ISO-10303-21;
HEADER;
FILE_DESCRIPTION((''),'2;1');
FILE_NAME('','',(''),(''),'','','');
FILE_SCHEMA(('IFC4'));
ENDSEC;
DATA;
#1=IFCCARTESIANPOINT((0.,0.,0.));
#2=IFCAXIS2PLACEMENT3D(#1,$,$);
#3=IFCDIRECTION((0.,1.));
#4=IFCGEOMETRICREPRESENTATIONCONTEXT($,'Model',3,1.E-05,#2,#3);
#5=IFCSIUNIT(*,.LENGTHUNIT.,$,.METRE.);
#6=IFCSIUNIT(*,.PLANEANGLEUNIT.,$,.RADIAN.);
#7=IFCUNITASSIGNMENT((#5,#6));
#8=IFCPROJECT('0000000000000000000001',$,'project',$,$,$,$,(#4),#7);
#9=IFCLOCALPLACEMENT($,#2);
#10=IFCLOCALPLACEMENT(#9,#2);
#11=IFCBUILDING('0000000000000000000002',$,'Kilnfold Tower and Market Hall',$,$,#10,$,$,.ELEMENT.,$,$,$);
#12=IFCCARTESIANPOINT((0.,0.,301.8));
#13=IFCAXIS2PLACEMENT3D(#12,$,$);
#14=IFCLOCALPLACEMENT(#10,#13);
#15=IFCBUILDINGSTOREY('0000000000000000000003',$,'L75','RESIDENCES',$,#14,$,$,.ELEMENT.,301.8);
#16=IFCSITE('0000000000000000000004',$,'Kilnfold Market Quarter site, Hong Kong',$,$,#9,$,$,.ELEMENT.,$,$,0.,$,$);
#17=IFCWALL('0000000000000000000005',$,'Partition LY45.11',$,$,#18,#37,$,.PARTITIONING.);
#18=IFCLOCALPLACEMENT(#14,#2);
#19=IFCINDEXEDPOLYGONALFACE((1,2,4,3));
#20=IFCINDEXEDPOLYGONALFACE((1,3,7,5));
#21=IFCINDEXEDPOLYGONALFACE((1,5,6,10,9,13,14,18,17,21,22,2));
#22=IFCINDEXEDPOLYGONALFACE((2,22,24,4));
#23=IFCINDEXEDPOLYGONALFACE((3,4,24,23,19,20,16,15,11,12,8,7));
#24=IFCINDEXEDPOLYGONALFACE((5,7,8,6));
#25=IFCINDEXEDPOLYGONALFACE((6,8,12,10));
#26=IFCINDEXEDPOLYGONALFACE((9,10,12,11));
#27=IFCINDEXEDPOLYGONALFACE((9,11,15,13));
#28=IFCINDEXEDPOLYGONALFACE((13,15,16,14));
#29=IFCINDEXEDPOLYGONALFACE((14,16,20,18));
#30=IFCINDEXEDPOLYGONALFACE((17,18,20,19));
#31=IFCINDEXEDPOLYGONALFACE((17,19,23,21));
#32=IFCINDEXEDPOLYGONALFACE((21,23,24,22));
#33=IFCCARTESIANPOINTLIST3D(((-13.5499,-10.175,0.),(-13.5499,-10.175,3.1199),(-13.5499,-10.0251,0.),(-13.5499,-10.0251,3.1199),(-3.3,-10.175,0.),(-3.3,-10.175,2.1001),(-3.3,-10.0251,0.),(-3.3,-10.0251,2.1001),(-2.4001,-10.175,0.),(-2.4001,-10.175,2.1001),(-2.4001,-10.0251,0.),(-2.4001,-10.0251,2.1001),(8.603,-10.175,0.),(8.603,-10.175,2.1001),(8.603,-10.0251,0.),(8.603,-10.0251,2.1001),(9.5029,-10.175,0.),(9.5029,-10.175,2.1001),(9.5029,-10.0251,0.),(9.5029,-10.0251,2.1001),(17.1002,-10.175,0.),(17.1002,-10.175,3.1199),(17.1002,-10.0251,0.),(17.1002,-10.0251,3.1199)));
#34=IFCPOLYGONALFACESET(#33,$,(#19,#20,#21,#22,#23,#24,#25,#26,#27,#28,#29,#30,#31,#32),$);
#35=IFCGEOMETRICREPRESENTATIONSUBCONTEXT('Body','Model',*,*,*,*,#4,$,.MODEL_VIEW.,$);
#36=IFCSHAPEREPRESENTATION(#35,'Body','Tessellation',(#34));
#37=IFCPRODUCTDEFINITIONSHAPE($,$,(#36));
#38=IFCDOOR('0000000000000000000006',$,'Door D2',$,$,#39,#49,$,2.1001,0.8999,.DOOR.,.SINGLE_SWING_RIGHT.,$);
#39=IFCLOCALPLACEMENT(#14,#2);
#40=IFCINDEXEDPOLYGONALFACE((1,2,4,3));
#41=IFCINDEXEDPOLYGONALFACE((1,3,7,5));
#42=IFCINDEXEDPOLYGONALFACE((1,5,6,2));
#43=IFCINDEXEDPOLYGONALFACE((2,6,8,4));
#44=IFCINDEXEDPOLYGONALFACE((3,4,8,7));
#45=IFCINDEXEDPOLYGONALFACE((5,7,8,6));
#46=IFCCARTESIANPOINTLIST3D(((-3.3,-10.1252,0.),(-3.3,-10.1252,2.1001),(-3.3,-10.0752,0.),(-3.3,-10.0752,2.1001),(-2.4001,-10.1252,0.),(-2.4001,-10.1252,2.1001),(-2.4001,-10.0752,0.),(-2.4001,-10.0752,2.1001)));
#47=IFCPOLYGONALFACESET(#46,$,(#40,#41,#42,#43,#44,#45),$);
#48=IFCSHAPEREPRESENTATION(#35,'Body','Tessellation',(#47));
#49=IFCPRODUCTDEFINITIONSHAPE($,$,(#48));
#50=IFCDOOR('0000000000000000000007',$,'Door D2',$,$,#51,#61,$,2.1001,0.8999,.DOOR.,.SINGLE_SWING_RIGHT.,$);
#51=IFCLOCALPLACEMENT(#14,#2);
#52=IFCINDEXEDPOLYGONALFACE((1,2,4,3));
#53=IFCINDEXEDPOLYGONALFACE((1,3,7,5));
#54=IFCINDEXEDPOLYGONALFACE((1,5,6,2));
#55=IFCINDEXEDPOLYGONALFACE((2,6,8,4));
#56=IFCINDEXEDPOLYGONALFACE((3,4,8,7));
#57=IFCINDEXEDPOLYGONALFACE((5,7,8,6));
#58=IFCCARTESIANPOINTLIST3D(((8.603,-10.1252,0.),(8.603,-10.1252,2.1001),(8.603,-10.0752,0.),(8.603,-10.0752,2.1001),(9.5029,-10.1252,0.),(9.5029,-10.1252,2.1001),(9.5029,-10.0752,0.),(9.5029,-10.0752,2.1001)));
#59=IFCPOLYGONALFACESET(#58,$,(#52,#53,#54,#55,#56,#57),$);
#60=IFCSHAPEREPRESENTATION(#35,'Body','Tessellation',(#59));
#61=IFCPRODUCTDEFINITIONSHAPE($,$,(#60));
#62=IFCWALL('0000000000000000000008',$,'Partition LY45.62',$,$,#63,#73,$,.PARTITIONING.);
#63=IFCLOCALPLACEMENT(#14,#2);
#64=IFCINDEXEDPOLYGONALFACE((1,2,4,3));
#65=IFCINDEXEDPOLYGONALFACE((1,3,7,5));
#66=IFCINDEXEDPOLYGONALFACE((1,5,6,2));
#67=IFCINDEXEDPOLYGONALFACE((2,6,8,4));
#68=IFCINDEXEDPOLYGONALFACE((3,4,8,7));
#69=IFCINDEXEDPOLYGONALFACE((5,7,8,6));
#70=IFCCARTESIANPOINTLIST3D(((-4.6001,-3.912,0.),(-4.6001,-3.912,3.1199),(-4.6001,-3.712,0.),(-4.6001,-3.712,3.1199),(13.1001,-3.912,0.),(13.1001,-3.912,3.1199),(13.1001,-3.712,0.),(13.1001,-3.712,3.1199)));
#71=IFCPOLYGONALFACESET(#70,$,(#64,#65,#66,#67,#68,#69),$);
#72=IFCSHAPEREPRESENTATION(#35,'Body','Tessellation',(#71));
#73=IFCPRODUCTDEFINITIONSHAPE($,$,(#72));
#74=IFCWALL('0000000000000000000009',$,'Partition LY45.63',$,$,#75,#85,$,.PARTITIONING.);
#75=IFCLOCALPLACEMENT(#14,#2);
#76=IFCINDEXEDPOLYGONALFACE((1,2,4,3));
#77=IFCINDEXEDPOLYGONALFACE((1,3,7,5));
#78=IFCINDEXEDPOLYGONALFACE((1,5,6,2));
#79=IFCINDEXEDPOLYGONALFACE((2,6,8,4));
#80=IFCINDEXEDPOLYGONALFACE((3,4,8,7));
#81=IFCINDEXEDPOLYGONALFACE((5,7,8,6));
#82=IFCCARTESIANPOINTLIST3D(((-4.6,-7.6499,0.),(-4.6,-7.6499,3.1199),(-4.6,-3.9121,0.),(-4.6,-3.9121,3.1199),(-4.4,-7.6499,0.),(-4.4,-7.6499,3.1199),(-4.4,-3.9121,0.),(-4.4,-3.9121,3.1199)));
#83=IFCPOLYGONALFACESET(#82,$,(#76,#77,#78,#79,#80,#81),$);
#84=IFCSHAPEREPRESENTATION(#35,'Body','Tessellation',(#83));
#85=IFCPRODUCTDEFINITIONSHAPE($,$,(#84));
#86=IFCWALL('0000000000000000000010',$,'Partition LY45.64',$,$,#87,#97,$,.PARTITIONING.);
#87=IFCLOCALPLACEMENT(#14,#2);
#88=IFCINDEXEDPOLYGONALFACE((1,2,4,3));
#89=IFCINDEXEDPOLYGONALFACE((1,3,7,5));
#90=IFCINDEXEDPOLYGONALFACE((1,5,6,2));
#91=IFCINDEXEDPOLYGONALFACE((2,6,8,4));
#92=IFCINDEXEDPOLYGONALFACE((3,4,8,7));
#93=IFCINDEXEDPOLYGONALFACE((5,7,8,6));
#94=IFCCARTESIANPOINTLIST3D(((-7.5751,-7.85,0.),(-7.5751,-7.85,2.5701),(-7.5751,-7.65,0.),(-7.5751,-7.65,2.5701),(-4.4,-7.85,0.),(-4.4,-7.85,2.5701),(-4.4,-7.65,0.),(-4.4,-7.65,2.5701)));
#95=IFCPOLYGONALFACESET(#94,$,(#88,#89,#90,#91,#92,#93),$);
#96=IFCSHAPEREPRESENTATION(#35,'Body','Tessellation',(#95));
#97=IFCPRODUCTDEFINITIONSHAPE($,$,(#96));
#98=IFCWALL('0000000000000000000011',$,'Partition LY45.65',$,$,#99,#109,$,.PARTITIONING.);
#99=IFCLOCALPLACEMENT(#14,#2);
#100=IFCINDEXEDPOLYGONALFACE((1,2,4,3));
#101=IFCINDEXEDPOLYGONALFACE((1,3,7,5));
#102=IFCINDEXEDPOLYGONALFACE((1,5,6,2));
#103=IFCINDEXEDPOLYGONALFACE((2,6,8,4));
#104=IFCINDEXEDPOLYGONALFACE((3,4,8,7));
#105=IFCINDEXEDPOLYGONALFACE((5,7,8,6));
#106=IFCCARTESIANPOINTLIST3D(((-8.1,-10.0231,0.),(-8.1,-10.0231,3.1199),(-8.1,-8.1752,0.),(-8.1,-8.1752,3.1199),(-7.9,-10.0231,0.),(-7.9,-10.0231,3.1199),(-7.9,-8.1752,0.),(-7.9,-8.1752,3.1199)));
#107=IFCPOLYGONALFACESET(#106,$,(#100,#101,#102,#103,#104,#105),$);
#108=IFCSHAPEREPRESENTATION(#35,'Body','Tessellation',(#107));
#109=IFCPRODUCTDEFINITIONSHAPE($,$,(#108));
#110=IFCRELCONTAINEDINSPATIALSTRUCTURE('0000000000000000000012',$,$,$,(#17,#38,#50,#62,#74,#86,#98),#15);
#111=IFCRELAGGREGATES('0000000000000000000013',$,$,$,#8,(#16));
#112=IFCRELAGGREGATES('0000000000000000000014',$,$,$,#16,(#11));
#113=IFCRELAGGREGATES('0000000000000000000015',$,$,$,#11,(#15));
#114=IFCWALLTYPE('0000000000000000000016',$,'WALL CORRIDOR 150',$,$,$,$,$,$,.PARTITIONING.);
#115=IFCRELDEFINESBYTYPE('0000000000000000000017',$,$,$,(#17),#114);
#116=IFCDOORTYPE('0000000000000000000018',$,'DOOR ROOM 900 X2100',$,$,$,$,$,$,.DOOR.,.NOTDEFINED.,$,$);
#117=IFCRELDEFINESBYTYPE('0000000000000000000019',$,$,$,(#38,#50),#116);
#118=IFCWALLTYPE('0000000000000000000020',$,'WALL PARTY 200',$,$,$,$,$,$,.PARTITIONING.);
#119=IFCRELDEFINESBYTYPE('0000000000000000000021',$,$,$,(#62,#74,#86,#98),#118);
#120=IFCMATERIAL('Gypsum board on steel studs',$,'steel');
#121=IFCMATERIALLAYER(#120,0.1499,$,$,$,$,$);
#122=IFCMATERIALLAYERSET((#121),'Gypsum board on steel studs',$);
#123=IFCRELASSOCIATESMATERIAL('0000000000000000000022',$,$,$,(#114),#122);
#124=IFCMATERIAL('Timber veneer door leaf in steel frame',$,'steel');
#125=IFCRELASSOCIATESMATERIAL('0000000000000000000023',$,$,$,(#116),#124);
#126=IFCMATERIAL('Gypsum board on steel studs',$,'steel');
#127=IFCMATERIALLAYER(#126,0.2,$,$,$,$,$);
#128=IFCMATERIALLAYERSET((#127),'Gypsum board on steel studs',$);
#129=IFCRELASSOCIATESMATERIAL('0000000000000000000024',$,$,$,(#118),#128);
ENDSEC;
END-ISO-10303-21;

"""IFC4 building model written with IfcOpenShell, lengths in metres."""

from ifc_helpers import new_model, si_unit, direction, frame, frame_2d, origin, place, context, subcontext, project, spatial, rectangle, extrude, material, layer, layer_set, type_object, element, fill, save


model = new_model("IFC4")

# Units and contexts
model_context = context("Model", 3, precision=1e-05, world=origin(), true_north=direction((0.0, 1.0)))
body_context = subcontext(model_context, "Body", "Model", "MODEL_VIEW")
ifc_project = project(units=[si_unit("LENGTHUNIT", "METRE"), si_unit("PLANEANGLEUNIT", "RADIAN")], contexts=[model_context])

# Site, building, storey
site_placement = place(None, origin())
site = spatial("IfcSite", under=ifc_project, at=site_placement, Name="Kilnfold Market Quarter site, Hong Kong", CompositionType="ELEMENT", RefElevation=0.0)
building_placement = place(site_placement, origin())
building = spatial("IfcBuilding", under=site, at=building_placement, Name="Kilnfold Tower and Market Hall", CompositionType="ELEMENT")
storey_placement = place(building_placement, frame((0.0, 0.0, 301.8)))
storey = spatial("IfcBuildingStorey", under=building, at=storey_placement, Name="L75", Description="RESIDENCES", CompositionType="ELEMENT", Elevation=301.8)

# Wall, openings, doors
ifc_material_1 = material(Name="Gypsum board on steel studs", Category="steel")
ifc_layer_1 = layer(ifc_material_1, 0.1499)
ifc_layer_set_1 = layer_set([ifc_layer_1], Name="Gypsum board on steel studs")
wall_type_1 = type_object("IfcWallType", Name="WALL CORRIDOR 150", PredefinedType="PARTITIONING", material=ifc_layer_set_1)
wall_1_placement = place(storey_placement, frame((-13.55, -10.1001, 0.0), z_axis=(0.0, 0.0, 1.0), x_axis=(1.0, 0.0, 0.0)))
wall_1 = element("IfcWall", 1, at=wall_1_placement, inside=storey, type_object=wall_type_1, Name="Partition LY45.11", PredefinedType="PARTITIONING", context=body_context, shape_type="SweptSolid", body=[
    extrude(rectangle(XDim=30.6501, YDim=0.1499, at=frame_2d((15.3252, 0.0))), origin(), (0.0, 0.0, 1.0), 3.1199),
])
opening_1_placement = place(wall_1_placement, frame((10.25, 0.0, 0.0)))
opening_1 = element("IfcOpeningElement", 2, at=opening_1_placement, cuts=wall_1, PredefinedType="OPENING", context=body_context, shape_type="SweptSolid", body=[
    extrude(rectangle(XDim=0.8999, YDim=2.1001, at=frame_2d((0.45, 1.05))), frame((0.0, 0.085, 0.0), z_axis=(0.0, -1.0, 0.0), x_axis=(1.0, 0.0, 0.0)), (0.0, 0.0, 1.0), 0.1699),
])
opening_2_placement = place(wall_1_placement, frame((22.1531, 0.0, 0.0)))
opening_2 = element("IfcOpeningElement", 3, at=opening_2_placement, cuts=wall_1, PredefinedType="OPENING", context=body_context, shape_type="SweptSolid", body=[
    extrude(rectangle(XDim=0.8999, YDim=2.1001, at=frame_2d((0.45, 1.05))), frame((0.0, 0.085, 0.0), z_axis=(0.0, -1.0, 0.0), x_axis=(1.0, 0.0, 0.0)), (0.0, 0.0, 1.0), 0.1699),
])
ifc_material_2 = material(Name="Timber veneer door leaf in steel frame", Category="steel")
door_type = type_object("IfcDoorType", Name="DOOR ROOM 900 X2100", OperationType="NOTDEFINED", PredefinedType="DOOR", material=ifc_material_2)
door_1_placement = place(opening_1_placement, origin())
door_1 = element("IfcDoor", 4, at=door_1_placement, inside=storey, type_object=door_type, Name="Door D2", OperationType="SINGLE_SWING_RIGHT", OverallHeight=2.1001, OverallWidth=0.8999, PredefinedType="DOOR", context=body_context, shape_type="SweptSolid", body=[
    extrude(rectangle(XDim=0.8999, YDim=2.1001, at=frame_2d((0.45, 1.05))), frame((0.0, 0.0249, 0.0), z_axis=(0.0, -1.0, 0.0), x_axis=(1.0, 0.0, 0.0)), (0.0, 0.0, 1.0), 0.05),
])
fill(opening_1, door_1)
door_2_placement = place(opening_2_placement, origin())
door_2 = element("IfcDoor", 5, at=door_2_placement, inside=storey, type_object=door_type, Name="Door D2", OperationType="SINGLE_SWING_RIGHT", OverallHeight=2.1001, OverallWidth=0.8999, PredefinedType="DOOR", context=body_context, shape_type="SweptSolid", body=[
    extrude(rectangle(XDim=0.8999, YDim=2.1001, at=frame_2d((0.45, 1.05))), frame((0.0, 0.0249, 0.0), z_axis=(0.0, -1.0, 0.0), x_axis=(1.0, 0.0, 0.0)), (0.0, 0.0, 1.0), 0.05),
])
fill(opening_2, door_2)

# Walls
ifc_material_3 = material(Name="Gypsum board on steel studs", Category="steel")
ifc_layer_2 = layer(ifc_material_3, 0.2)
ifc_layer_set_2 = layer_set([ifc_layer_2], Name="Gypsum board on steel studs")
wall_type_2 = type_object("IfcWallType", Name="WALL PARTY 200", PredefinedType="PARTITIONING", material=ifc_layer_set_2)
wall_2_placement = place(storey_placement, frame((-4.6001, -3.812, 0.0), z_axis=(0.0, 0.0, 1.0), x_axis=(1.0, 0.0, 0.0)))
element("IfcWall", 6, at=wall_2_placement, inside=storey, type_object=wall_type_2, Name="Partition LY45.62", PredefinedType="PARTITIONING", context=body_context, shape_type="SweptSolid", body=[
    extrude(rectangle(XDim=17.7002, YDim=0.2, at=frame_2d((8.8501, 0.0))), origin(), (0.0, 0.0, 1.0), 3.1199),
])
wall_3_placement = place(storey_placement, frame((-4.5, -7.6499, 0.0), z_axis=(0.0, 0.0, 1.0), x_axis=(0.0, 1.0, 0.0)))
element("IfcWall", 7, at=wall_3_placement, inside=storey, type_object=wall_type_2, Name="Partition LY45.63", PredefinedType="PARTITIONING", context=body_context, shape_type="SweptSolid", body=[
    extrude(rectangle(XDim=3.7378, YDim=0.2, at=frame_2d((1.8689, 0.0))), origin(), (0.0, 0.0, 1.0), 3.1199),
])
wall_4_placement = place(storey_placement, frame((-7.575, -7.75, 0.0), z_axis=(0.0, 0.0, 1.0), x_axis=(1.0, 0.0, 0.0)))
element("IfcWall", 8, at=wall_4_placement, inside=storey, type_object=wall_type_2, Name="Partition LY45.64", PredefinedType="PARTITIONING", context=body_context, shape_type="SweptSolid", body=[
    extrude(rectangle(XDim=3.175, YDim=0.2, at=frame_2d((1.5874, 0.0))), origin(), (0.0, 0.0, 1.0), 2.5701),
])
wall_5_placement = place(storey_placement, frame((-8.0, -10.0229, 0.0), z_axis=(0.0, 0.0, 1.0), x_axis=(0.0, 1.0, 0.0)))
element("IfcWall", 9, at=wall_5_placement, inside=storey, type_object=wall_type_2, Name="Partition LY45.65", PredefinedType="PARTITIONING", context=body_context, shape_type="SweptSolid", body=[
    extrude(rectangle(XDim=1.8479, YDim=0.2, at=frame_2d((0.9238, 0.0))), origin(), (0.0, 0.0, 1.0), 3.1199),
])

save(model, "model.ifc")
